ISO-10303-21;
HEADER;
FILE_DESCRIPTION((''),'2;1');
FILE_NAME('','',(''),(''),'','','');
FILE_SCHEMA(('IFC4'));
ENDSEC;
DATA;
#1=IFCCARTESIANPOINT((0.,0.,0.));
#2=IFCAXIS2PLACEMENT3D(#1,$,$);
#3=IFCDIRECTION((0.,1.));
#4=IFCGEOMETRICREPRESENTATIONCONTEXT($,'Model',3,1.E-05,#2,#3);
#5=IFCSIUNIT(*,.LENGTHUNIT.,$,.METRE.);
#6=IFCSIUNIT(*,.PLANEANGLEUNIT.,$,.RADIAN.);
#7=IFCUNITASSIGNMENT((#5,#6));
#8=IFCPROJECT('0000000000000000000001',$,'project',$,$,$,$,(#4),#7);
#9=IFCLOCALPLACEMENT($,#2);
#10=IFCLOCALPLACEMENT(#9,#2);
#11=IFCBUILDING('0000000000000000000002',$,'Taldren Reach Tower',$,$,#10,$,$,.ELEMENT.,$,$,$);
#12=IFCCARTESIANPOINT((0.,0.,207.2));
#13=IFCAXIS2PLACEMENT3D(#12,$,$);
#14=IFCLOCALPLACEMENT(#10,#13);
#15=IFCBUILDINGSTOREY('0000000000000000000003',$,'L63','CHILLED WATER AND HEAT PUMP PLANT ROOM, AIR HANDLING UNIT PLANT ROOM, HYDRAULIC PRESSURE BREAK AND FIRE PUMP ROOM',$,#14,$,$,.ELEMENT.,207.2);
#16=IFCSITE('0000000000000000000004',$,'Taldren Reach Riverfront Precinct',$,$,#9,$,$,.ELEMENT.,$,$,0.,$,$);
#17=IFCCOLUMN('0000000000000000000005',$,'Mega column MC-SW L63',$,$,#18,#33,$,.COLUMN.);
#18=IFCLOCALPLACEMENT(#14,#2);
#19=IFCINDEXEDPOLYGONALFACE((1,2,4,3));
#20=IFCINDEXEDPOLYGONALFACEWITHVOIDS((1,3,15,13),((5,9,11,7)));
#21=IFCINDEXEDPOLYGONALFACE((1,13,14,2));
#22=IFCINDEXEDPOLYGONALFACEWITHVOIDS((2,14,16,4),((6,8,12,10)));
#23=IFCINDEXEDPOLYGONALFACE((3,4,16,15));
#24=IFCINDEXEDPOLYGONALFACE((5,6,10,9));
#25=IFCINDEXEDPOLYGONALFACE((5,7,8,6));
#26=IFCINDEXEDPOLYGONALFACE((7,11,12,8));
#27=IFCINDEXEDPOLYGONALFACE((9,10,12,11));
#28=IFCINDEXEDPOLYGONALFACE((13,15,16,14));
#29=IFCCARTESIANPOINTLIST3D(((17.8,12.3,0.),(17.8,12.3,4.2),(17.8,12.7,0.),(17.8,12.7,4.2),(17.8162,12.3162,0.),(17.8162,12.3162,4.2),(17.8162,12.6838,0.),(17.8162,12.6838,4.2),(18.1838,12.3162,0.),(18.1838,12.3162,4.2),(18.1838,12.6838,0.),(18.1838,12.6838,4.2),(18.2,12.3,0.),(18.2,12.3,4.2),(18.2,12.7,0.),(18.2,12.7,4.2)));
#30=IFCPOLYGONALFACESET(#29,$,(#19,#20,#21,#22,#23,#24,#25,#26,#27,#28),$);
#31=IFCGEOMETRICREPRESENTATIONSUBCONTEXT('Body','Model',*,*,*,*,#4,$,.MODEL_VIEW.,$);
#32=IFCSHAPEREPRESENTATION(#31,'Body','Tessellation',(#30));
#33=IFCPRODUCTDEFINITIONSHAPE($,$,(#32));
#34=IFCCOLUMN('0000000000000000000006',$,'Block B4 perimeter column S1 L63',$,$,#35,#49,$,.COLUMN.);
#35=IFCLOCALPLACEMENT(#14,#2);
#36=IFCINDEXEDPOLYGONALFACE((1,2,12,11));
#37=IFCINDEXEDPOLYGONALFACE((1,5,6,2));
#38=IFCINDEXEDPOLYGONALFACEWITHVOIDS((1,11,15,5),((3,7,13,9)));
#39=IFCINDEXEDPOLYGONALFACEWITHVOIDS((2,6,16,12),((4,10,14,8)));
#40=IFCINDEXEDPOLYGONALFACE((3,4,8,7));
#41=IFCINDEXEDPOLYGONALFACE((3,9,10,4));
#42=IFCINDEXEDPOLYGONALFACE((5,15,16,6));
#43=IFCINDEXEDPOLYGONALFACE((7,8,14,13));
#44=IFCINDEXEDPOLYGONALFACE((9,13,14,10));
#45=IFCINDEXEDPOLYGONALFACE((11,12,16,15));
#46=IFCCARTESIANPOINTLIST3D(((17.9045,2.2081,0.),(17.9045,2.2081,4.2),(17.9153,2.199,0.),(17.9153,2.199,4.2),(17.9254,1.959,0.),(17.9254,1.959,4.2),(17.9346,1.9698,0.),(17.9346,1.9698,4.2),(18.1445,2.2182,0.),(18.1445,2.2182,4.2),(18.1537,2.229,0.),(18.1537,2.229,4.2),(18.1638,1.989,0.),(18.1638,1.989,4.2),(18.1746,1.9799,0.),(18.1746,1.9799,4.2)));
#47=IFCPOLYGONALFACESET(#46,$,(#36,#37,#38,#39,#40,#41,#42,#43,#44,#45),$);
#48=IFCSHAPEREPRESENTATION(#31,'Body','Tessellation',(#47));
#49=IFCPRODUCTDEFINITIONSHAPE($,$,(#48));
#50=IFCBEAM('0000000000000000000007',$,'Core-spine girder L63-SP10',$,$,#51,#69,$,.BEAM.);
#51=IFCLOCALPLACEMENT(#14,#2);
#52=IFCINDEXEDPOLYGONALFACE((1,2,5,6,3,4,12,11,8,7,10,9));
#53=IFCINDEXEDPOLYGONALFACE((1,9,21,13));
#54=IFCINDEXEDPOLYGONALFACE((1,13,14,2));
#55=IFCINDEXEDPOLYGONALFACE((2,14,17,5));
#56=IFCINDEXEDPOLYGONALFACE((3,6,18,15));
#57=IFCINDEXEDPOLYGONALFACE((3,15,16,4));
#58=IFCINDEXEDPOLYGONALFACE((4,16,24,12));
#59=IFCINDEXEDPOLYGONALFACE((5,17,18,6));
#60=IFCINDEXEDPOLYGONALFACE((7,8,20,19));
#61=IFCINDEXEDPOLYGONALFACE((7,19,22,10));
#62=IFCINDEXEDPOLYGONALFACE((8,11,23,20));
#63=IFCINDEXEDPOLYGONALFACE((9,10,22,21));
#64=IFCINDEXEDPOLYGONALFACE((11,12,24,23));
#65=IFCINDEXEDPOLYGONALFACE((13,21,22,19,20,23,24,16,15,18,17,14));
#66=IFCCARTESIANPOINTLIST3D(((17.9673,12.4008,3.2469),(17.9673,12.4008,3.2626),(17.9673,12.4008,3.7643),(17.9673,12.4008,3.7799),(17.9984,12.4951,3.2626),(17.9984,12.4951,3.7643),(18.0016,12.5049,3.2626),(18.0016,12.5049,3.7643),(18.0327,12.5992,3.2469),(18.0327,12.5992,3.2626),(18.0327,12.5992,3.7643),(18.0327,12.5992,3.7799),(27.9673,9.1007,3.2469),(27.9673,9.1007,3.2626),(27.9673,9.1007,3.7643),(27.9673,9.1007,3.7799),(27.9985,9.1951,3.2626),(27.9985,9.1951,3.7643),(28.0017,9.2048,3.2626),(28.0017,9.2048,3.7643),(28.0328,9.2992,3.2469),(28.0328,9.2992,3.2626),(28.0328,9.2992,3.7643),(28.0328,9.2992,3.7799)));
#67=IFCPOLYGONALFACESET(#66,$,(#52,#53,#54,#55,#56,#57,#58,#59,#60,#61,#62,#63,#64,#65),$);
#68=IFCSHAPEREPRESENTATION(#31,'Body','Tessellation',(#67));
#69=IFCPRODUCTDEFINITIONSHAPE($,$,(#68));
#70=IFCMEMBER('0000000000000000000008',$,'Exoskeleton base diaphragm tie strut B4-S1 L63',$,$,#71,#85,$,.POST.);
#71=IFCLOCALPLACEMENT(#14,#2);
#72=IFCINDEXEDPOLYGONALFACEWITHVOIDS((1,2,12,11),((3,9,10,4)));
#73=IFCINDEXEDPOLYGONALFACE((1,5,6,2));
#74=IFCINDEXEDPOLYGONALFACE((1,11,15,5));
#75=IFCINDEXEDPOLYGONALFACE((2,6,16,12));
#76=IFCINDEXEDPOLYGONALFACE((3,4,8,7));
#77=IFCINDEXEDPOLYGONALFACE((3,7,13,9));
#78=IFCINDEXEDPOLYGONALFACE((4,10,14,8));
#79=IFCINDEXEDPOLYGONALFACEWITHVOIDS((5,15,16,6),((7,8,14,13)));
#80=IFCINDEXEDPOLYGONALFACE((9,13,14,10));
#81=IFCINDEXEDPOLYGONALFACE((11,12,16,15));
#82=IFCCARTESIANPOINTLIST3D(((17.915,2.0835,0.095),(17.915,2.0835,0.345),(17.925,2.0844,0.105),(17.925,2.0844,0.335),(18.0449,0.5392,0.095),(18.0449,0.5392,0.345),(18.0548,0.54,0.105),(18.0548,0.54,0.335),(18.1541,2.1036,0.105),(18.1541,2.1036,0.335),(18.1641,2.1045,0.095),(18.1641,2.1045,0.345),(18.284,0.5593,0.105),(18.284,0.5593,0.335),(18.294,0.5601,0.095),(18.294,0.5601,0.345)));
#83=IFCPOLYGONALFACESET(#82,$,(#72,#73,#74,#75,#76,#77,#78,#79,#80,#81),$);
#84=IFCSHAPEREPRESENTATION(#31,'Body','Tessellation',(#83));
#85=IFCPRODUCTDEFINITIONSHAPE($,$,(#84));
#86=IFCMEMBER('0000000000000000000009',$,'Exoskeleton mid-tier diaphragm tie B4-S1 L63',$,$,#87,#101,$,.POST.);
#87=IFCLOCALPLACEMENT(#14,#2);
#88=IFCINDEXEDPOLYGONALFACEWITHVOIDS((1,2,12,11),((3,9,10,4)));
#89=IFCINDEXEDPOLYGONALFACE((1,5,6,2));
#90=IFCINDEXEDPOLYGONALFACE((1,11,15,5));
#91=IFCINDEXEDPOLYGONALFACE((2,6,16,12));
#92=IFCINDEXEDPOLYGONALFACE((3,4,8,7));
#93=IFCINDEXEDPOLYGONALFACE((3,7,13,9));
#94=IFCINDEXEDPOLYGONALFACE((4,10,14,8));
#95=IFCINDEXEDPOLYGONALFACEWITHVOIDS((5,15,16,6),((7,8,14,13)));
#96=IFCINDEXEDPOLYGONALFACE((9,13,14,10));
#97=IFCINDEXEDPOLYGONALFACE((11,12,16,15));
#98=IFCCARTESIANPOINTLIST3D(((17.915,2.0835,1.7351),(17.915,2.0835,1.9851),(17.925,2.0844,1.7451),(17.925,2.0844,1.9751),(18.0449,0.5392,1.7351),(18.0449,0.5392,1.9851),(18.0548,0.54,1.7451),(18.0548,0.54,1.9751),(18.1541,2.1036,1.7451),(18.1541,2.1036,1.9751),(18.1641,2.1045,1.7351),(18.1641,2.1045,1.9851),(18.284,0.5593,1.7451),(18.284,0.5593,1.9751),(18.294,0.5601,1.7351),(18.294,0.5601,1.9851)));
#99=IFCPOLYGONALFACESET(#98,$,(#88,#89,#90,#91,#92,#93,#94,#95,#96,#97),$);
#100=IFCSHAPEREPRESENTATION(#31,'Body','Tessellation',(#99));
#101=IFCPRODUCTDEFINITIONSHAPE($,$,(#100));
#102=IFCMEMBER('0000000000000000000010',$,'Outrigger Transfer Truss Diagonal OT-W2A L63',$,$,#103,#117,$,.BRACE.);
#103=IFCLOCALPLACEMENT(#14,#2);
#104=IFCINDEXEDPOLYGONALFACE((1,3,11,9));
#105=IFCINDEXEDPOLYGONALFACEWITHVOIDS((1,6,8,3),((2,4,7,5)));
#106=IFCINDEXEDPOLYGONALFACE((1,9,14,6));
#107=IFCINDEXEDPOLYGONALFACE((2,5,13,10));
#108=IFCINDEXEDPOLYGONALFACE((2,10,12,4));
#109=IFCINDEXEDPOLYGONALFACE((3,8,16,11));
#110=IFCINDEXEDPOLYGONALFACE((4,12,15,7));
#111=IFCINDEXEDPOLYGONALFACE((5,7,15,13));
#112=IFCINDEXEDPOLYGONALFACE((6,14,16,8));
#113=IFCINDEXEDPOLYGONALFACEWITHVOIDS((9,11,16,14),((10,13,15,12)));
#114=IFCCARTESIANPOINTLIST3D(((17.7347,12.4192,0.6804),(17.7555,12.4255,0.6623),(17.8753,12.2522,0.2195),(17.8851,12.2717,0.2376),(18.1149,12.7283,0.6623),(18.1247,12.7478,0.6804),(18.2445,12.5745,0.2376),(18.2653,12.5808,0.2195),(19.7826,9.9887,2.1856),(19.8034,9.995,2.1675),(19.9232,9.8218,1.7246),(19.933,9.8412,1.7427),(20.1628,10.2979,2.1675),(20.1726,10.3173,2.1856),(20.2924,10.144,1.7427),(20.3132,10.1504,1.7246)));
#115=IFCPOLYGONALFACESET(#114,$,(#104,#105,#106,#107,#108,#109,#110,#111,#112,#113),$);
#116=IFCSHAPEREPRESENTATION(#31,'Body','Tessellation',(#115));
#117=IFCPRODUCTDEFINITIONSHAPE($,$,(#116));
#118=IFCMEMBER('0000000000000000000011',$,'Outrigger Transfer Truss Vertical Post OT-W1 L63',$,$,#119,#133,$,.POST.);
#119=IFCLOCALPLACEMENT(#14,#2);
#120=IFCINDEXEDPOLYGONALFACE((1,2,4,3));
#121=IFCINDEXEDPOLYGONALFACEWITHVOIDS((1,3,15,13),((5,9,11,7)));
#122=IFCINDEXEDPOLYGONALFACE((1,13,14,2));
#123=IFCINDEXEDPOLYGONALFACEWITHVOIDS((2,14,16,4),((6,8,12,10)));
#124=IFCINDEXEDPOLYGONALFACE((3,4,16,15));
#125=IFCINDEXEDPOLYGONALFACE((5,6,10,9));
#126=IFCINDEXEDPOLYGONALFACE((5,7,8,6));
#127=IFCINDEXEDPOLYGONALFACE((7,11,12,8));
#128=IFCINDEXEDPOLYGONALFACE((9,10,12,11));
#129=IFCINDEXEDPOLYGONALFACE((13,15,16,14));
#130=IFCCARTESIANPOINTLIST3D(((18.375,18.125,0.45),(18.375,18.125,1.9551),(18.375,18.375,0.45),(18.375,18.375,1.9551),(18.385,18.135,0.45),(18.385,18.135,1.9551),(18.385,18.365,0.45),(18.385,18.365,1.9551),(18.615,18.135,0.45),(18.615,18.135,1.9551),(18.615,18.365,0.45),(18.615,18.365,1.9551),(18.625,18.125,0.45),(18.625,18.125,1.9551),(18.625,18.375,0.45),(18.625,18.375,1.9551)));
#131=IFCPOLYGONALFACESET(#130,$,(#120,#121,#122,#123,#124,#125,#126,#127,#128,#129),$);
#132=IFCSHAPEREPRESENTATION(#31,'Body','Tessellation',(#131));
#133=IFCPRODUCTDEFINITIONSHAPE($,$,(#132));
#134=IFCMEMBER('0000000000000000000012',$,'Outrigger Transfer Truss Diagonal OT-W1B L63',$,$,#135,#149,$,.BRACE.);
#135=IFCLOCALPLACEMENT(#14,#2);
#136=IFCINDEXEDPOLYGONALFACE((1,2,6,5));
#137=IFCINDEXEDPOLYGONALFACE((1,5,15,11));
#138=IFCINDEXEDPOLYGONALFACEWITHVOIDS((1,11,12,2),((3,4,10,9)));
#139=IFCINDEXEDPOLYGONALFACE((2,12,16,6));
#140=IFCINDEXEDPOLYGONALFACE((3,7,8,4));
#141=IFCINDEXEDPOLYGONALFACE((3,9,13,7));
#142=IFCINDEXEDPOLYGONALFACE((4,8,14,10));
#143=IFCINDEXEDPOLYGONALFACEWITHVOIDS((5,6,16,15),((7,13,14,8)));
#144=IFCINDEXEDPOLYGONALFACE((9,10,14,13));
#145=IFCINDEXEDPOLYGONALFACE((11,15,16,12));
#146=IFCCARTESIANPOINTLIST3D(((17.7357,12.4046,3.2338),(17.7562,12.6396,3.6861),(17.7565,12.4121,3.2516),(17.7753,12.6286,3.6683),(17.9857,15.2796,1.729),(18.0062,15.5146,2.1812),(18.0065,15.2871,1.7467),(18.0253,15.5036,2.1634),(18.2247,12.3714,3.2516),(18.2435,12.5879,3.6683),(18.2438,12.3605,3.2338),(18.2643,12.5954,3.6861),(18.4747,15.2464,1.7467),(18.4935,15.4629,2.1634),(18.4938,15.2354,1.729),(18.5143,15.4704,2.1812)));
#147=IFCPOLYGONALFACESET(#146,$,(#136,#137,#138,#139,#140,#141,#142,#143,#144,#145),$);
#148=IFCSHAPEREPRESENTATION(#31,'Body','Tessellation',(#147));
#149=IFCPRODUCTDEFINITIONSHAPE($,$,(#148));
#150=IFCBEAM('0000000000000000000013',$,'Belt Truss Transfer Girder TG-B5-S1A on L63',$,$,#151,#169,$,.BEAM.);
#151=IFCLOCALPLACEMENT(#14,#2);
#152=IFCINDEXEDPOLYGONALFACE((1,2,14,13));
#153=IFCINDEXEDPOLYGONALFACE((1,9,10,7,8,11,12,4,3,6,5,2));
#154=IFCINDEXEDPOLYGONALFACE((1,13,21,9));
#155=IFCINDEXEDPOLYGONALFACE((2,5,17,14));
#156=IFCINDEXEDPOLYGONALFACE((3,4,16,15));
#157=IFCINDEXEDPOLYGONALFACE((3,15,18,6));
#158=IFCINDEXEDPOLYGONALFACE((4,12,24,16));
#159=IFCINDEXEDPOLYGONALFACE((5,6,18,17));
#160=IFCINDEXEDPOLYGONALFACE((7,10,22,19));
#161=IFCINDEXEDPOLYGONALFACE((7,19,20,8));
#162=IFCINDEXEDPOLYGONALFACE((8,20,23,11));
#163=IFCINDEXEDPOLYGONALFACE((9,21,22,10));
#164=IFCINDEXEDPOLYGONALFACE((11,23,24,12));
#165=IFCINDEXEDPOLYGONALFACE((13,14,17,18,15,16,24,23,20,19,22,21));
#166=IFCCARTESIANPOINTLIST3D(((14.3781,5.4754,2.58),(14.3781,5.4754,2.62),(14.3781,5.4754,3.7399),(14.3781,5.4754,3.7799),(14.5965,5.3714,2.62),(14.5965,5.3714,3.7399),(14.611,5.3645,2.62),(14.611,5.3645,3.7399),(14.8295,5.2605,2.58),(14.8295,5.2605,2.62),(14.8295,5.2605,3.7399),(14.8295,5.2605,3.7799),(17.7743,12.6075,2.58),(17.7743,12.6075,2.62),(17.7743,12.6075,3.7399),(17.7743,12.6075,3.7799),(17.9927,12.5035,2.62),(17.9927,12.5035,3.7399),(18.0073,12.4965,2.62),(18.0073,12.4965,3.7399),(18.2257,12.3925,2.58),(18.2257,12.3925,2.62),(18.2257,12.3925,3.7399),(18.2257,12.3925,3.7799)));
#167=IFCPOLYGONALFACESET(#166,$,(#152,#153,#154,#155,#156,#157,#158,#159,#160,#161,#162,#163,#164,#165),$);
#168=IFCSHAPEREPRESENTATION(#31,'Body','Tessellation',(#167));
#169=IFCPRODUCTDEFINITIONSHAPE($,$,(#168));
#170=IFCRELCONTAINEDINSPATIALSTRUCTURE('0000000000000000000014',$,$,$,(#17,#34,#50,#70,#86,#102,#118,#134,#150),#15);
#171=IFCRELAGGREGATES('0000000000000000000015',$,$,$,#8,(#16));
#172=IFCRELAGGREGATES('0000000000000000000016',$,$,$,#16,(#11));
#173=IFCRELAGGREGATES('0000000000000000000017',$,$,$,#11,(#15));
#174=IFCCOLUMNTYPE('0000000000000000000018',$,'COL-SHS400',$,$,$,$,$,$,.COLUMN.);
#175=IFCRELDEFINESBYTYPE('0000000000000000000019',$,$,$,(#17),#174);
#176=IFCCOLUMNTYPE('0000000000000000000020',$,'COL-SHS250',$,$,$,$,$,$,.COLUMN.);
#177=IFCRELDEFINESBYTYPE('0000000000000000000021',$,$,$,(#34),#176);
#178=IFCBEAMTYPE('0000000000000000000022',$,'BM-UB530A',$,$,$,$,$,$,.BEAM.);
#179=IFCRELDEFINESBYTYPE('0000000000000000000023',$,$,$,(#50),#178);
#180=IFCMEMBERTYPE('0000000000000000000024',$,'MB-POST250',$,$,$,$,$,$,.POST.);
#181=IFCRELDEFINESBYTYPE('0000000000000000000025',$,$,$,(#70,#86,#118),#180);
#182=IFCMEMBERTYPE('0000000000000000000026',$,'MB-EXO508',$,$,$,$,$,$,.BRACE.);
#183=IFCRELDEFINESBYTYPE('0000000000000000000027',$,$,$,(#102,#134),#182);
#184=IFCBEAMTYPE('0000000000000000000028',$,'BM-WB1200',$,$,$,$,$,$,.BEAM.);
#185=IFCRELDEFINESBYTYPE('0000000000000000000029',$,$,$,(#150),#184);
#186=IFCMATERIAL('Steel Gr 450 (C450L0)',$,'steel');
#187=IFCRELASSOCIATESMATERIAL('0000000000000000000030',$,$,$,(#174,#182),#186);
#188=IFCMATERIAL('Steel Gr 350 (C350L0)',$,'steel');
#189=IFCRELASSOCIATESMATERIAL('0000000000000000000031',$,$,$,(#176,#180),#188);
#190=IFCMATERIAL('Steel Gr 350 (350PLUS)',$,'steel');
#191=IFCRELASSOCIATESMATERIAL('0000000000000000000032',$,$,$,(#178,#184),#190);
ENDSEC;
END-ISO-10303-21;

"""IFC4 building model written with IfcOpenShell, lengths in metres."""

from ifc_helpers import new_model, si_unit, direction, frame, origin, origin_2d, place, context, subcontext, project, spatial, hollow_rectangle, i_section, extrude, source, transform, mapped, material, material_profile, profile_set, type_object, element, save


model = new_model("IFC4")

# Units and contexts
model_context = context("Model", 3, precision=1e-05, world=origin(), true_north=direction((0.0, 1.0)))
body_context = subcontext(model_context, "Body", "Model", "MODEL_VIEW")
ifc_project = project(units=[si_unit("LENGTHUNIT", "METRE"), si_unit("PLANEANGLEUNIT", "RADIAN")], contexts=[model_context])

# Site, building, storey
site_placement = place(None, origin())
site = spatial("IfcSite", under=ifc_project, at=site_placement, Name="Taldren Reach Riverfront Precinct", CompositionType="ELEMENT", RefElevation=0.0)
building_placement = place(site_placement, origin())
building = spatial("IfcBuilding", under=site, at=building_placement, Name="Taldren Reach Tower", CompositionType="ELEMENT")
storey_placement = place(building_placement, frame((0.0, 0.0, 207.2)))
storey = spatial("IfcBuildingStorey", under=building, at=storey_placement, Name="L63", Description="CHILLED WATER AND HEAT PUMP PLANT ROOM, AIR HANDLING UNIT PLANT ROOM, HYDRAULIC PRESSURE BREAK AND FIRE PUMP ROOM", CompositionType="ELEMENT", Elevation=207.2)

# Columns
ifc_material_1 = material(Name="Steel Gr 450 (C450L0)", Category="steel")
ifc_material_profile_1 = material_profile(ifc_material_1, hollow_rectangle(XDim=0.3999, YDim=0.3999, WallThickness=0.0161, at=origin_2d()), Name="400x400x16.0SHS")
ifc_profile_set_1 = profile_set([ifc_material_profile_1], Name="Steel Gr 450 (C450L0)")
column_type_1 = type_object("IfcColumnType", Name="COL-SHS400", PredefinedType="COLUMN", material=ifc_profile_set_1)
shared_shape_1 = source(origin(), body_context, "Body", "SweptSolid", [
    extrude(hollow_rectangle(XDim=0.3999, YDim=0.3999, WallThickness=0.0161, at=origin_2d()), origin(), (0.0, 0.0, 1.0), 4.2),
])
column_1_placement = place(storey_placement, frame((18.0, 12.5, 0.0), z_axis=(0.0, 0.0, 1.0), x_axis=(1.0, 0.0, 0.0)))
element("IfcColumn", 1, at=column_1_placement, inside=storey, type_object=column_type_1, Name="Mega column MC-SW L63", PredefinedType="COLUMN", context=body_context, shape_type="MappedRepresentation", body=[
    mapped(shared_shape_1, transform((0.0, 0.0, 0.0), scale=1.0)),
])
ifc_material_2 = material(Name="Steel Gr 350 (C350L0)", Category="steel")
ifc_material_profile_2 = material_profile(ifc_material_2, hollow_rectangle(XDim=0.25, YDim=0.25, WallThickness=0.01, at=origin_2d()), Name="250x250x10.0SHS")
ifc_profile_set_2 = profile_set([ifc_material_profile_2], Name="Steel Gr 350 (C350L0)")
column_type_2 = type_object("IfcColumnType", Name="COL-SHS250", PredefinedType="COLUMN", material=ifc_profile_set_2)
shared_shape_2 = source(origin(), body_context, "Body", "SweptSolid", [
    extrude(hollow_rectangle(XDim=0.25, YDim=0.25, WallThickness=0.01, at=origin_2d()), origin(), (0.0, 0.0, 1.0), 4.2),
])
column_2_placement = place(storey_placement, frame((18.0396, 2.094, 0.0), z_axis=(0.0, 0.0, 1.0), x_axis=(0.996493, 0.083678, 0.0)))
element("IfcColumn", 2, at=column_2_placement, inside=storey, type_object=column_type_2, Name="Block B4 perimeter column S1 L63", PredefinedType="COLUMN", context=body_context, shape_type="MappedRepresentation", body=[
    mapped(shared_shape_2, transform((0.0, 0.0, 0.0), scale=1.0)),
])

# Beam
ifc_material_3 = material(Name="Steel Gr 350 (350PLUS)", Category="steel")
ifc_material_profile_3 = material_profile(ifc_material_3, i_section(OverallWidth=0.209, OverallDepth=0.533, WebThickness=0.0103, FlangeThickness=0.0156, at=origin_2d()), Name="530UB92.4")
ifc_profile_set_3 = profile_set([ifc_material_profile_3], Name="Steel Gr 350 (350PLUS)")
beam_type_1 = type_object("IfcBeamType", Name="BM-UB530A", PredefinedType="BEAM", material=ifc_profile_set_3)
shared_shape_3 = source(origin(), body_context, "Body", "SweptSolid", [
    extrude(i_section(OverallWidth=0.209, OverallDepth=0.533, WebThickness=0.0103, FlangeThickness=0.0156, at=origin_2d()), origin(), (0.0, 0.0, 1.0), 10.5305),
])
beam_1_placement = place(storey_placement, frame((18.0, 12.5, 3.5134), z_axis=(0.949627, -0.313382, 0.0), x_axis=(0.313382, 0.949627, 0.0)))
element("IfcBeam", 3, at=beam_1_placement, inside=storey, type_object=beam_type_1, Name="Core-spine girder L63-SP10", PredefinedType="BEAM", context=body_context, shape_type="MappedRepresentation", body=[
    mapped(shared_shape_3, transform((0.0, 0.0, 0.0), scale=1.0)),
])

# Members
ifc_material_profile_4 = material_profile(ifc_material_2, hollow_rectangle(XDim=0.25, YDim=0.25, WallThickness=0.01, at=origin_2d()), Name="250x250x10.0SHS")
ifc_profile_set_4 = profile_set([ifc_material_profile_4], Name="Steel Gr 350 (C350L0)")
member_type_1 = type_object("IfcMemberType", Name="MB-POST250", PredefinedType="POST", material=ifc_profile_set_4)
shared_shape_4 = source(origin(), body_context, "Body", "SweptSolid", [
    extrude(hollow_rectangle(XDim=0.25, YDim=0.25, WallThickness=0.01, at=origin_2d()), origin(), (0.0, 0.0, 1.0), 1.5498),
])
for number, where, z_axis, x_axis, name in (
    (4, (18.0396, 2.094, 0.22), (0.083802, -0.996482, 0.0), (0.996482, 0.083802, 0.0), "Exoskeleton base diaphragm tie strut B4-S1 L63"),
    (5, (18.0396, 2.094, 1.8601), (0.083802, -0.996482, 0.0), (0.996482, 0.083802, 0.0), "Exoskeleton mid-tier diaphragm tie B4-S1 L63"),
):
    element("IfcMember", number, at=place(storey_placement, frame(where, z_axis=z_axis, x_axis=x_axis)), inside=storey, type_object=member_type_1, Name=name, PredefinedType="POST", context=body_context, shape_type="MappedRepresentation", body=[
        mapped(shared_shape_4, transform((0.0, 0.0, 0.0), scale=1.0)),
    ])
ifc_material_profile_5 = material_profile(ifc_material_1, hollow_rectangle(XDim=0.51, YDim=0.51, WallThickness=0.02, at=origin_2d()), Name="510x510x20.0SHS")
ifc_profile_set_5 = profile_set([ifc_material_profile_5], Name="Steel Gr 450 (C450L0)")
member_type_2 = type_object("IfcMemberType", Name="MB-EXO508", PredefinedType="BRACE", material=ifc_profile_set_5)
shared_shape_5 = source(origin(), body_context, "Body", "SweptSolid", [
    extrude(hollow_rectangle(XDim=0.51, YDim=0.51, WallThickness=0.02, at=origin_2d()), origin(), (0.0, 0.0, 1.0), 3.5166),
])
member_1_placement = place(storey_placement, frame((18.0, 12.5, 0.45), z_axis=(0.582349, -0.69114, 0.428014), x_axis=(0.764728, 0.644353, 0.0)))
element("IfcMember", 6, at=member_1_placement, inside=storey, type_object=member_type_2, Name="Outrigger Transfer Truss Diagonal OT-W2A L63", PredefinedType="BRACE", context=body_context, shape_type="MappedRepresentation", body=[
    mapped(shared_shape_5, transform((0.0, 0.0, 0.0), scale=1.0)),
])
shared_shape_6 = source(origin(), body_context, "Body", "SweptSolid", [
    extrude(hollow_rectangle(XDim=0.25, YDim=0.25, WallThickness=0.01, at=origin_2d()), origin(), (0.0, 0.0, 1.0), 1.5051),
])
member_2_placement = place(storey_placement, frame((18.5, 18.25, 0.45), z_axis=(0.0, 0.0, 1.0), x_axis=(1.0, 0.0, 0.0)))
element("IfcMember", 7, at=member_2_placement, inside=storey, type_object=member_type_1, Name="Outrigger Transfer Truss Vertical Post OT-W1 L63", PredefinedType="POST", context=body_context, shape_type="MappedRepresentation", body=[
    mapped(shared_shape_6, transform((0.0, 0.0, 0.0), scale=1.0)),
])
shared_shape_7 = source(origin(), body_context, "Body", "SweptSolid", [
    extrude(hollow_rectangle(XDim=0.51, YDim=0.51, WallThickness=0.02, at=origin_2d()), origin(), (0.0, 0.0, 1.0), 3.2546),
])
member_3_placement = place(storey_placement, frame((18.25, 15.375, 1.9551), z_axis=(-0.076813, -0.883349, 0.462378), x_axis=(0.996241, -0.08663, 0.0)))
element("IfcMember", 8, at=member_3_placement, inside=storey, type_object=member_type_2, Name="Outrigger Transfer Truss Diagonal OT-W1B L63", PredefinedType="BRACE", context=body_context, shape_type="MappedRepresentation", body=[
    mapped(shared_shape_7, transform((0.0, 0.0, 0.0), scale=1.0)),
])

# Beam
ifc_material_profile_6 = material_profile(ifc_material_3, i_section(OverallWidth=0.5, OverallDepth=1.2, WebThickness=0.0161, FlangeThickness=0.04, at=origin_2d()), Name="1200WB455")
ifc_profile_set_6 = profile_set([ifc_material_profile_6], Name="Steel Gr 350 (350PLUS)")
beam_type_2 = type_object("IfcBeamType", Name="BM-WB1200", PredefinedType="BEAM", material=ifc_profile_set_6)
shared_shape_8 = source(origin(), body_context, "Body", "SweptSolid", [
    extrude(i_section(OverallWidth=0.5, OverallDepth=1.2, WebThickness=0.0161, FlangeThickness=0.04, at=origin_2d()), origin(), (0.0, 0.0, 1.0), 7.8994),
])
beam_2_placement = place(storey_placement, frame((18.0, 12.5, 3.1799), z_axis=(-0.429935, -0.90286, 0.0), x_axis=(0.90286, -0.429935, 0.0)))
element("IfcBeam", 9, at=beam_2_placement, inside=storey, type_object=beam_type_2, Name="Belt Truss Transfer Girder TG-B5-S1A on L63", PredefinedType="BEAM", context=body_context, shape_type="MappedRepresentation", body=[
    mapped(shared_shape_8, transform((0.0, 0.0, 0.0), scale=1.0)),
])

save(model, "model.ifc")
